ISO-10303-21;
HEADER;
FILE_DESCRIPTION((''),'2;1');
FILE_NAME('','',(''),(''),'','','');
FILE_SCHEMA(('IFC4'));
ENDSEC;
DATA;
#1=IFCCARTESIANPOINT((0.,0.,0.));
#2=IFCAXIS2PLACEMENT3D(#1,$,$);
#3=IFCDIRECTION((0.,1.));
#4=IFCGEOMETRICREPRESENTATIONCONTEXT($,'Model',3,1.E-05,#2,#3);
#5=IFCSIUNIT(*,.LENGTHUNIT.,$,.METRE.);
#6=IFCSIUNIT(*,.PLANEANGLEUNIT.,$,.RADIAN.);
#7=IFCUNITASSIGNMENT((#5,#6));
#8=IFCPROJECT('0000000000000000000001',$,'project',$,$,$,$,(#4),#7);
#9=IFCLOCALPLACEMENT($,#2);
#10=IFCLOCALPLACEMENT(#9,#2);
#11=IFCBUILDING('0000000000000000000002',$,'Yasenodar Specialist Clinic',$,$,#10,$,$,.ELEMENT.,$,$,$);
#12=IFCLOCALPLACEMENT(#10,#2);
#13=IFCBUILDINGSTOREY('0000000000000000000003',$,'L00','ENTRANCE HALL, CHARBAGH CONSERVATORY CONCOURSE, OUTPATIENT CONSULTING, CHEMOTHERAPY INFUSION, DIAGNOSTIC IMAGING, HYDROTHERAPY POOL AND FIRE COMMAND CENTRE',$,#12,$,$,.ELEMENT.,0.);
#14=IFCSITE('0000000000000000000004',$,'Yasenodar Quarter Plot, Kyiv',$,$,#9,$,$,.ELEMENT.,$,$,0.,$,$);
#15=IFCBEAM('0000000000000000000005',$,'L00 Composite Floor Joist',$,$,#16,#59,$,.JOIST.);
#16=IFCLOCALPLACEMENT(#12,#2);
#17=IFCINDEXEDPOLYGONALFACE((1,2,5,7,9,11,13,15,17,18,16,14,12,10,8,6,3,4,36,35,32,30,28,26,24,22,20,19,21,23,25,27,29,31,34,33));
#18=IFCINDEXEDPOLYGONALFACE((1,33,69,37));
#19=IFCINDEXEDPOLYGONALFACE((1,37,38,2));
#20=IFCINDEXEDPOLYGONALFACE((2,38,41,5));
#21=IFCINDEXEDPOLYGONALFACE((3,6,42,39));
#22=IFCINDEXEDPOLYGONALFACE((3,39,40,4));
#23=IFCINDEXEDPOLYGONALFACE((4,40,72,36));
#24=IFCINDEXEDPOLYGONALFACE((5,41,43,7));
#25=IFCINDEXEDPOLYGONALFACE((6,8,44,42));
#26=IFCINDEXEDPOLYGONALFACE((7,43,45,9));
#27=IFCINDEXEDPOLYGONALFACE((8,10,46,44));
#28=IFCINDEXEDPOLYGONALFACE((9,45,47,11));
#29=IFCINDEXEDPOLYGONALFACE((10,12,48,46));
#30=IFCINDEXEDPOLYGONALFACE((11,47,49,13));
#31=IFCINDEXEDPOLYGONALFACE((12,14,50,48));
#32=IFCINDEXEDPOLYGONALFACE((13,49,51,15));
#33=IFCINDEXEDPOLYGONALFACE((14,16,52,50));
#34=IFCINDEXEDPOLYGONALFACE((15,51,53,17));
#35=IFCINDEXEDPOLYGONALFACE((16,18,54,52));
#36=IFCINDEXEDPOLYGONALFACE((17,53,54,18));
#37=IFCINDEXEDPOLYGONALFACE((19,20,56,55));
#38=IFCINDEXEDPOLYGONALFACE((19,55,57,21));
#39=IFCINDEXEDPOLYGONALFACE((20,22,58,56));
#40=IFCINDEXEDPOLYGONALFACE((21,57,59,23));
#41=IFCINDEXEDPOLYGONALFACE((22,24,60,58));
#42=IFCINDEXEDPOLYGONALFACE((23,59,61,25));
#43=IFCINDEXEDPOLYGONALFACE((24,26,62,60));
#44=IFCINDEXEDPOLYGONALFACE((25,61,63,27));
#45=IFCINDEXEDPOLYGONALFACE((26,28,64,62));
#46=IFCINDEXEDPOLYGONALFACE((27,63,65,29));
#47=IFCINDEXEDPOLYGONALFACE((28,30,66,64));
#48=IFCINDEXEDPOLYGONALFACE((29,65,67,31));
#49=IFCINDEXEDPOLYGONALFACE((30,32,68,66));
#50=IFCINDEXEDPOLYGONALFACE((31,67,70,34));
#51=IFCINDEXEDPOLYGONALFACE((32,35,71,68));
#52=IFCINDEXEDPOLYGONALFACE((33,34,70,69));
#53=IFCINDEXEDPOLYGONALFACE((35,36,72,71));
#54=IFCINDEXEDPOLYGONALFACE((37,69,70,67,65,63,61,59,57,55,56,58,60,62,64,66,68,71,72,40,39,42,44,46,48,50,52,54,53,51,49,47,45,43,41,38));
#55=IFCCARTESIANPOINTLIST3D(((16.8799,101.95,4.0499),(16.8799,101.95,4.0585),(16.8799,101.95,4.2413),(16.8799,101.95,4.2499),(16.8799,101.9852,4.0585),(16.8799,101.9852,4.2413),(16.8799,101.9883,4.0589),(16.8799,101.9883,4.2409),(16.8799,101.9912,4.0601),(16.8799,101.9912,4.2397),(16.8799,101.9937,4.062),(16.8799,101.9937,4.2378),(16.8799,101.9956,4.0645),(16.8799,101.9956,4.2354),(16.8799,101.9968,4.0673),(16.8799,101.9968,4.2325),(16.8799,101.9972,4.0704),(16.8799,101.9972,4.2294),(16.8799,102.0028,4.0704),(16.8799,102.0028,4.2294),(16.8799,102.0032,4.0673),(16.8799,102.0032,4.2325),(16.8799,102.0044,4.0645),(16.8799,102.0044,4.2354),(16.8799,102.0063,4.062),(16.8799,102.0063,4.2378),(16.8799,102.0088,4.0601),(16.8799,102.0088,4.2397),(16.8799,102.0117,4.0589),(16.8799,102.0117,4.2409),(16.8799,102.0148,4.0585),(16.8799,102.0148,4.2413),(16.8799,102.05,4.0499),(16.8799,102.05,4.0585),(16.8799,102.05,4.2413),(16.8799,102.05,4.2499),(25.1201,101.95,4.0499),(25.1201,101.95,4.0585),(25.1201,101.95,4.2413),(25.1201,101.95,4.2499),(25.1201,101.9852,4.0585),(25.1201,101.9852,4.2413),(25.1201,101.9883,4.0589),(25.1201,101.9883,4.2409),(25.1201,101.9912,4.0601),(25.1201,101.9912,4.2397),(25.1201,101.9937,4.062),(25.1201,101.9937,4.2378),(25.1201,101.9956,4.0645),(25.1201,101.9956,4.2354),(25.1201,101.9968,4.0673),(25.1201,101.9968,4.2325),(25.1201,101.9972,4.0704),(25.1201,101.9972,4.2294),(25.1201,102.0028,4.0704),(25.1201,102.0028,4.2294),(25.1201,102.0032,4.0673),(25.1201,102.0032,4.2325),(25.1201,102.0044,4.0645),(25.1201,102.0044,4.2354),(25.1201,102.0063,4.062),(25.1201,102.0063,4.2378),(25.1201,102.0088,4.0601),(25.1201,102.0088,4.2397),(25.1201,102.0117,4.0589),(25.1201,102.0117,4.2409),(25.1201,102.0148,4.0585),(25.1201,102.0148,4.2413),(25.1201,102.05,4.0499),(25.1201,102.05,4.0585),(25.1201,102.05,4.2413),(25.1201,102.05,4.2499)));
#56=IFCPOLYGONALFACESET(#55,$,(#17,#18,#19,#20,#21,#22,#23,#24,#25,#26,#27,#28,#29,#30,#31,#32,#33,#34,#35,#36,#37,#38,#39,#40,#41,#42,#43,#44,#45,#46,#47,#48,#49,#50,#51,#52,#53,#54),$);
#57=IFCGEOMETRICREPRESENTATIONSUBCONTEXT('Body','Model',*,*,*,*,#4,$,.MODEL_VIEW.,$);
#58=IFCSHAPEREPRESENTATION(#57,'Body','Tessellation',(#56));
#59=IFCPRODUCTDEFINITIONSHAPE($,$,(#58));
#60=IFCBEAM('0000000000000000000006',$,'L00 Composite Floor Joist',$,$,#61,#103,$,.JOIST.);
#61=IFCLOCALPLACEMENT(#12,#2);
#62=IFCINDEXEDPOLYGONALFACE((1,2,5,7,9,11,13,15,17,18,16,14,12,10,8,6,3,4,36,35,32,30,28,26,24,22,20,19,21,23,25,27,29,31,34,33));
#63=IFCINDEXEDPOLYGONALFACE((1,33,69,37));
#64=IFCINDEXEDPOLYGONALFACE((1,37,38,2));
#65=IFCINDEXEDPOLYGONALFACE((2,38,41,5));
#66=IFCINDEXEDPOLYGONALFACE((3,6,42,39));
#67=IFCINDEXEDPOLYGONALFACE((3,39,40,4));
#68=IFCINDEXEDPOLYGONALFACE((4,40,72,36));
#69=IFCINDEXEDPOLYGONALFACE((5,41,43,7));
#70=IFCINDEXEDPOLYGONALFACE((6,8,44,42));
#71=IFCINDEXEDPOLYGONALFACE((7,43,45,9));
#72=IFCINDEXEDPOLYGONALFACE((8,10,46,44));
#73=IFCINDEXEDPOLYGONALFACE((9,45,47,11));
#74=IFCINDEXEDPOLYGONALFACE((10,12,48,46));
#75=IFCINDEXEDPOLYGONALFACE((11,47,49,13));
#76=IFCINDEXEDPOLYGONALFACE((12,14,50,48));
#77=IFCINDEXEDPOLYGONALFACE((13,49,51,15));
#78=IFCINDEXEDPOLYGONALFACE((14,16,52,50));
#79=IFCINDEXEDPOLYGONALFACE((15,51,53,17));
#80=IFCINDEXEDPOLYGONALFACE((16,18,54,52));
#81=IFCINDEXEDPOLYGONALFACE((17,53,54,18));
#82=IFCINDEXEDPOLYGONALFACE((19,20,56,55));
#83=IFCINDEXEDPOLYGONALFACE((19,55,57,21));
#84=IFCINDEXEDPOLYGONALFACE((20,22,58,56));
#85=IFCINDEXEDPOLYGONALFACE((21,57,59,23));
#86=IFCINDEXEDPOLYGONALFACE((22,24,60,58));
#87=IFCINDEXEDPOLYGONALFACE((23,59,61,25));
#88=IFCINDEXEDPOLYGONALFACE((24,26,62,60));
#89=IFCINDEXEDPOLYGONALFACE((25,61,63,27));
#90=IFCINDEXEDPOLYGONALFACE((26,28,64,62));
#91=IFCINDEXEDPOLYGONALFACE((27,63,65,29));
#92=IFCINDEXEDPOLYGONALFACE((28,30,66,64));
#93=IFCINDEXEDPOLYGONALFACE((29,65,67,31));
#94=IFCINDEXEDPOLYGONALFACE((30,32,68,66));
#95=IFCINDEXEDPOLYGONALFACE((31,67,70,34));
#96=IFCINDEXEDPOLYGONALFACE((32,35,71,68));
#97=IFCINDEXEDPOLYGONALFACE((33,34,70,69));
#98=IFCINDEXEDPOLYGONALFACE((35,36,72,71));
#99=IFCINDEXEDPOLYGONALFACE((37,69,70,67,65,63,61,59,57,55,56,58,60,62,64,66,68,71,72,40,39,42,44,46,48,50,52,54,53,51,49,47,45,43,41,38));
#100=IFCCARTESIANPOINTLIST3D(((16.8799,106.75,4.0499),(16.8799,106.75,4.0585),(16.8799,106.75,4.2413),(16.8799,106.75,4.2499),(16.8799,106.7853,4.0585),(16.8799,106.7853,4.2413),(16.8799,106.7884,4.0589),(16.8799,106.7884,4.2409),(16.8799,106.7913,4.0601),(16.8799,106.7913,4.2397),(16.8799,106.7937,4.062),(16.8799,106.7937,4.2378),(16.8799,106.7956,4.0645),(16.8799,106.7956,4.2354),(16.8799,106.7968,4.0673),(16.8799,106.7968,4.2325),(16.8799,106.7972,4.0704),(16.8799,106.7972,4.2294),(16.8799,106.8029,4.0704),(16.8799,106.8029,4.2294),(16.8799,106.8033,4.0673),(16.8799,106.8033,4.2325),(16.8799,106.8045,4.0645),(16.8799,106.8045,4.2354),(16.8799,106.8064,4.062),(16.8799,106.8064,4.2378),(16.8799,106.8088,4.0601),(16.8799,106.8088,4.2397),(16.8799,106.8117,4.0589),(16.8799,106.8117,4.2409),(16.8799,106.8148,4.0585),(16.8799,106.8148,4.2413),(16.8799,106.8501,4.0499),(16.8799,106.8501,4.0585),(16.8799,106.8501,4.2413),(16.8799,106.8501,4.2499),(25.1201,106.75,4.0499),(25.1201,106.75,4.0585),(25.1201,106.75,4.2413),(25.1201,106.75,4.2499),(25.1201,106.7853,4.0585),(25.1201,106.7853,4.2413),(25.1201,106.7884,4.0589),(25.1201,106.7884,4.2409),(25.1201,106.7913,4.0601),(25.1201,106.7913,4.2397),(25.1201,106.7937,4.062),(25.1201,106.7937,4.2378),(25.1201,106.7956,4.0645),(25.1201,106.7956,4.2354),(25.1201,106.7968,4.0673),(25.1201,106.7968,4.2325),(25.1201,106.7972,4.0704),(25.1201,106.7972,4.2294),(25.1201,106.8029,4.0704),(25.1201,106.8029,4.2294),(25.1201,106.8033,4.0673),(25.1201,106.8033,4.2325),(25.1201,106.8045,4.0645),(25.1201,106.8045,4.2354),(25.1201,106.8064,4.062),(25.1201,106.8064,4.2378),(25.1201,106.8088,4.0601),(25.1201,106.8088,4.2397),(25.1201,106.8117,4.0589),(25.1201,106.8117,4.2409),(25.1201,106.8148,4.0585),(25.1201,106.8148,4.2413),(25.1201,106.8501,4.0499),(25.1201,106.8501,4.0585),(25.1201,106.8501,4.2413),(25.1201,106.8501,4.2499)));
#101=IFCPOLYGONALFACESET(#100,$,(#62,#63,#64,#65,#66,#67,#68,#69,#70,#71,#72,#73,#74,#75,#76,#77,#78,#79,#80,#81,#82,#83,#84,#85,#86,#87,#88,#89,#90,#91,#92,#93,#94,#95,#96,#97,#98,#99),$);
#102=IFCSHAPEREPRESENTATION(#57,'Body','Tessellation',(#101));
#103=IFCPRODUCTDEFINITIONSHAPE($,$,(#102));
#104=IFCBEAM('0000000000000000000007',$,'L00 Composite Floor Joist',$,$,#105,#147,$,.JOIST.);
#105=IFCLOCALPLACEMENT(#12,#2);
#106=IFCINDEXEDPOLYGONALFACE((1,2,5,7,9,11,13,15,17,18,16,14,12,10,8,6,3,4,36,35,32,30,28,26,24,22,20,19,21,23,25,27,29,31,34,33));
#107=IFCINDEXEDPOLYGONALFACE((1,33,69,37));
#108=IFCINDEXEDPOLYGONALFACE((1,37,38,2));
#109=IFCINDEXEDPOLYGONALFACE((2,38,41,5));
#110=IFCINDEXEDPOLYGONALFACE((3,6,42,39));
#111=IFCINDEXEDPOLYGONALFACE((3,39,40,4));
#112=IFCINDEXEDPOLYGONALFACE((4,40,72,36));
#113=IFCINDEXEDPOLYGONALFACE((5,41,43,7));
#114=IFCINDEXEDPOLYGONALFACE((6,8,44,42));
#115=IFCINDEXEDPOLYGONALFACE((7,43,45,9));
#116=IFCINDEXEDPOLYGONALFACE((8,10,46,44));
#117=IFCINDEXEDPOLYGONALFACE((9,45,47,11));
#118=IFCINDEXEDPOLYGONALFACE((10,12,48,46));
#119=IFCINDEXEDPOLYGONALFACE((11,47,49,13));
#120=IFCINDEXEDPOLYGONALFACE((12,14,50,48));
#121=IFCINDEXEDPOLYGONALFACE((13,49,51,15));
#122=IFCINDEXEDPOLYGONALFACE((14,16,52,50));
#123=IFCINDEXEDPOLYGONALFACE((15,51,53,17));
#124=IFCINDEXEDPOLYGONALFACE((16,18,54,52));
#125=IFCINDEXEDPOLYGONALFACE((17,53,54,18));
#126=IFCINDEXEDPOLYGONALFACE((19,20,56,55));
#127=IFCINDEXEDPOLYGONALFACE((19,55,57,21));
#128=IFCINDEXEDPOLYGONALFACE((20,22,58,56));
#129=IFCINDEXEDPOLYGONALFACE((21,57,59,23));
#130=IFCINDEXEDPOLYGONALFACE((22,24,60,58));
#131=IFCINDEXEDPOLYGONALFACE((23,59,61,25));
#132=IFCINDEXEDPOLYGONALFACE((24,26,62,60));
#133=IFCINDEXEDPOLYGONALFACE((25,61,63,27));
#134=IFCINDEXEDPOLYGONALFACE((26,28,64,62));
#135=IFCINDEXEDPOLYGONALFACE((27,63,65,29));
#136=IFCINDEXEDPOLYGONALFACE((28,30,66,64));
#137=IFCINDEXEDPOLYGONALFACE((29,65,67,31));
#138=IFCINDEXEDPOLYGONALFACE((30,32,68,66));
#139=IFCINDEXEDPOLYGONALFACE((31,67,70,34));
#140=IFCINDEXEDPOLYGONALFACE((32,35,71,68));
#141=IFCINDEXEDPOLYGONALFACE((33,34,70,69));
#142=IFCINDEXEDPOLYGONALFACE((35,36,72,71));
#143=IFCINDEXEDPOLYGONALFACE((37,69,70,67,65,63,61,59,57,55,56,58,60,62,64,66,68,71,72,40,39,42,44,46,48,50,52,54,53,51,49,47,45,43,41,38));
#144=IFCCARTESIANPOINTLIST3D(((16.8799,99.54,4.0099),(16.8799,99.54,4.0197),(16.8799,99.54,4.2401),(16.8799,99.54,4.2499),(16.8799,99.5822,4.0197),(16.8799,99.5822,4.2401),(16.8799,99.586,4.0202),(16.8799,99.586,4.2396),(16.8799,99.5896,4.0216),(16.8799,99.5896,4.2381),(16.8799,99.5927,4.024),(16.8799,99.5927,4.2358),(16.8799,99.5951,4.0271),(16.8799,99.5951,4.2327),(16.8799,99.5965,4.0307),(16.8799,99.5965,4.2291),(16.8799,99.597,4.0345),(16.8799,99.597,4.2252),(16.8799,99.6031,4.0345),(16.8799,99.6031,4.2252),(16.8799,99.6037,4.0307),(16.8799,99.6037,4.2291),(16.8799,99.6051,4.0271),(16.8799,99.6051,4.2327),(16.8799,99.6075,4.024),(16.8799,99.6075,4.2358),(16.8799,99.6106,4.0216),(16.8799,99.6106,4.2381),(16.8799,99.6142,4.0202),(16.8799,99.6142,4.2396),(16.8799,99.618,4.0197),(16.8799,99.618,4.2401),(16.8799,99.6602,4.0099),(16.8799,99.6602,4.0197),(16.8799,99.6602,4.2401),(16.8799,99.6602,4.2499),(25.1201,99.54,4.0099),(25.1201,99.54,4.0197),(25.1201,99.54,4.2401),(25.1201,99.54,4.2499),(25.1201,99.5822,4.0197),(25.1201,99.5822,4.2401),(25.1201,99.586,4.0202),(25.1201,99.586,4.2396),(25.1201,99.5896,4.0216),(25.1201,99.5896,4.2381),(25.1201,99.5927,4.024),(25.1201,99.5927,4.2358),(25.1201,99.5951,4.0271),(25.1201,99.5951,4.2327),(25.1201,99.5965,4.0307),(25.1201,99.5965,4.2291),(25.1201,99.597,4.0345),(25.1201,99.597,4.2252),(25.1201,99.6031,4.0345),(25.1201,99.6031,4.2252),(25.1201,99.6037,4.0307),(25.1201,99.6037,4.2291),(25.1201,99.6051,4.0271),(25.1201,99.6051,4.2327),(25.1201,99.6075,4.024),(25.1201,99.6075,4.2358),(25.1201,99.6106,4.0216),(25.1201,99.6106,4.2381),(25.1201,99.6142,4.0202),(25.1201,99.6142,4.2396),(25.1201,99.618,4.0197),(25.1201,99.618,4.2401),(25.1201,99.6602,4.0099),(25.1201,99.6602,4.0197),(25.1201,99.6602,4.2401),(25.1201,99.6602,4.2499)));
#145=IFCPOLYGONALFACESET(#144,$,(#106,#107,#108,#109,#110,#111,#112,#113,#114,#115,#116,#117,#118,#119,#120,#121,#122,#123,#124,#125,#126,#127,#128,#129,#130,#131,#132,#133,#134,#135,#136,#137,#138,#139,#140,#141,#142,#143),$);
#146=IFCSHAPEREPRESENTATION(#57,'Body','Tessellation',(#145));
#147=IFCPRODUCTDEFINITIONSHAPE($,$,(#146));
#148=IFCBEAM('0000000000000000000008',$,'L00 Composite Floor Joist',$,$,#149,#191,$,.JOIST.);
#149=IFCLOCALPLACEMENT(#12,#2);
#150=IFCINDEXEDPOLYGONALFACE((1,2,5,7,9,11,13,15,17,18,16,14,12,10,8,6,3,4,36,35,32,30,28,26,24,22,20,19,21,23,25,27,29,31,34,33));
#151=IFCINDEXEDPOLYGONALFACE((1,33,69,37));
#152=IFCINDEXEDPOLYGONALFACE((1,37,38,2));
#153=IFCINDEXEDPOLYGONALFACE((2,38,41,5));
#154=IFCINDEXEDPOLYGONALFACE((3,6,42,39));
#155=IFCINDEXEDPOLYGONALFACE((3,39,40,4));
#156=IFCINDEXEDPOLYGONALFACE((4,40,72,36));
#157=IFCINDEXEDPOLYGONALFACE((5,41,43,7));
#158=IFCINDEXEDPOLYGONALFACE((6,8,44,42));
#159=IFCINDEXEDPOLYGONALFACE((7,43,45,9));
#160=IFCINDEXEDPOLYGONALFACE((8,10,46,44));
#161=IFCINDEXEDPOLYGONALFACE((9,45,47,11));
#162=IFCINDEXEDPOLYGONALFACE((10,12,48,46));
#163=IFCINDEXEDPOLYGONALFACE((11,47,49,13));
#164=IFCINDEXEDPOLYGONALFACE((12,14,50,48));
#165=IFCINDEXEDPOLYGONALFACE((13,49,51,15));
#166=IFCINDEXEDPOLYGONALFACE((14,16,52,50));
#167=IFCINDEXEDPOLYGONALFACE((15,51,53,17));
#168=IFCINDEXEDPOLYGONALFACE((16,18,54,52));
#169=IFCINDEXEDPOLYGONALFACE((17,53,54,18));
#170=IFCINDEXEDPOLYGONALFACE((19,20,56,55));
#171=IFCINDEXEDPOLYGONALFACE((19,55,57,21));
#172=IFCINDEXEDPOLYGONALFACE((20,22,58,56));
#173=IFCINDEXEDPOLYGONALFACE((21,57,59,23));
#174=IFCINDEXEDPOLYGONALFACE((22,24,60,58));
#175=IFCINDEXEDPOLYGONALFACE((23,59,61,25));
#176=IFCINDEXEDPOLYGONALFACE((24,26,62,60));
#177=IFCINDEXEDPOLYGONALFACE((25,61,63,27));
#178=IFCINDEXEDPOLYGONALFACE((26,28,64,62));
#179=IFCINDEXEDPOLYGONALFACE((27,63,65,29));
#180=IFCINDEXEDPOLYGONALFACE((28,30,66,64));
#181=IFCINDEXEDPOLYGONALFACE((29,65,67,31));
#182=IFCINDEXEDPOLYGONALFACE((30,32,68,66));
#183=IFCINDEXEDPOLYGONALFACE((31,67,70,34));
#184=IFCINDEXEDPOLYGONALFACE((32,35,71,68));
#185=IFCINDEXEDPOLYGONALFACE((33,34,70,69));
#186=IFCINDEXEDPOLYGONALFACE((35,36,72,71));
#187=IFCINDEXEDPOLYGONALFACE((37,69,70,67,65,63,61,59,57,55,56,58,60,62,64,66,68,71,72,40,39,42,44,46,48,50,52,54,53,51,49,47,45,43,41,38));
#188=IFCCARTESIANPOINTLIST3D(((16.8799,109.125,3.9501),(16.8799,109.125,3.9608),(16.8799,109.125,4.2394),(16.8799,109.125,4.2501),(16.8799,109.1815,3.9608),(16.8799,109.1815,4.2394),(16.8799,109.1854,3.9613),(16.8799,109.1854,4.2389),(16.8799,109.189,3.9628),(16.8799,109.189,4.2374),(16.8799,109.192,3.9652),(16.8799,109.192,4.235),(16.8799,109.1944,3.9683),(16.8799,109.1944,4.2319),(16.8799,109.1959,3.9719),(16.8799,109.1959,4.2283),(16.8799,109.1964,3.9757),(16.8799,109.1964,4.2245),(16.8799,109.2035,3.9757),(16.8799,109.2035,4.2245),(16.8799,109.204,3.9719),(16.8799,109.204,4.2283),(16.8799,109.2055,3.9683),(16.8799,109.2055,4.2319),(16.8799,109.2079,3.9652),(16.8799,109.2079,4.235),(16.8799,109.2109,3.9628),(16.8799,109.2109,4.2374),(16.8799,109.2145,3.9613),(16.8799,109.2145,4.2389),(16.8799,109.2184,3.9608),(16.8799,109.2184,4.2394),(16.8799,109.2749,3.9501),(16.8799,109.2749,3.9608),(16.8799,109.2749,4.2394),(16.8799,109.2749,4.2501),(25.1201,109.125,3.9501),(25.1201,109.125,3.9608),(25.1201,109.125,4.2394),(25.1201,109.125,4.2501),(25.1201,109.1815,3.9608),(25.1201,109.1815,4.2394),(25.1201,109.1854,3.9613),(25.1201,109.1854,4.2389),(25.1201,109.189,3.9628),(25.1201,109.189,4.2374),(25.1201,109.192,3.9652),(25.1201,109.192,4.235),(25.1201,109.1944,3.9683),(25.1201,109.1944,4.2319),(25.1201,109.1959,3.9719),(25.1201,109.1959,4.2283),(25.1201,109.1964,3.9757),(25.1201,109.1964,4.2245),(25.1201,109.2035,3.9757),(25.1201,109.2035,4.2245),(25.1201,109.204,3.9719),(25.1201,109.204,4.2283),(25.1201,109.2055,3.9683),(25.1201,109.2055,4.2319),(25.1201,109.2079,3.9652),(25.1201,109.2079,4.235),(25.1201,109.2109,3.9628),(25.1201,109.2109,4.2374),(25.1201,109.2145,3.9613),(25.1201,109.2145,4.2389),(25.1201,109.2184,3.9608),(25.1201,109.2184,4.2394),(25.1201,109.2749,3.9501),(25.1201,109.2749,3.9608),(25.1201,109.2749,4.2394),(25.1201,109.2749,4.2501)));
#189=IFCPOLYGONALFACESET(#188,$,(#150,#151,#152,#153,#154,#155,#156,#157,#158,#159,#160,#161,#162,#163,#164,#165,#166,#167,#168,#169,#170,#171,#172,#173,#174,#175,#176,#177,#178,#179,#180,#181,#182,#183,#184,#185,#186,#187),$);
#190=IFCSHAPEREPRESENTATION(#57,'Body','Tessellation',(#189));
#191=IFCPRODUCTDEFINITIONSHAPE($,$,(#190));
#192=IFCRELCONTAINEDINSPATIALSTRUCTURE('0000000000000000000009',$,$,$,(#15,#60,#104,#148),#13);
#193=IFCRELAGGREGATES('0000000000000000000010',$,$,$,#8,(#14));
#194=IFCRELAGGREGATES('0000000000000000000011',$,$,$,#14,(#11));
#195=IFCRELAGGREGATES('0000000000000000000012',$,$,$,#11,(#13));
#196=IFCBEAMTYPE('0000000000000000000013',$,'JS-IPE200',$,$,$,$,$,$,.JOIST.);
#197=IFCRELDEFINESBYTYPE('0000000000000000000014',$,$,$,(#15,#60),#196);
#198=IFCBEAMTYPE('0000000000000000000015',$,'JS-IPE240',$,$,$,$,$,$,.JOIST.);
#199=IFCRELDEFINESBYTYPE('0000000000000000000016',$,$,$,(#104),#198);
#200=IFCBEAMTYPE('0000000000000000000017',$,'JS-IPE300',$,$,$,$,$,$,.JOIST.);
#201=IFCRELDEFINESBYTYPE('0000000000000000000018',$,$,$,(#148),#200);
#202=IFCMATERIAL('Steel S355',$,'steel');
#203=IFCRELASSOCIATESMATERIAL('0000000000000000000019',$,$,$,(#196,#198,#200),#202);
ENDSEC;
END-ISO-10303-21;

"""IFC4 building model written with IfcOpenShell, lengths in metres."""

from ifc_helpers import new_model, si_unit, direction, frame, origin, origin_2d, place, context, subcontext, project, spatial, i_section, extrude, material, material_profile, profile_set, type_object, element, save


model = new_model("IFC4")

# Units and contexts
model_context = context("Model", 3, precision=1e-05, world=origin(), true_north=direction((0.0, 1.0)))
body_context = subcontext(model_context, "Body", "Model", "MODEL_VIEW")
ifc_project = project(units=[si_unit("LENGTHUNIT", "METRE"), si_unit("PLANEANGLEUNIT", "RADIAN")], contexts=[model_context])

# Site, building, storey
site_placement = place(None, origin())
site = spatial("IfcSite", under=ifc_project, at=site_placement, Name="Yasenodar Quarter Plot, Kyiv", CompositionType="ELEMENT", RefElevation=0.0)
building_placement = place(site_placement, origin())
building = spatial("IfcBuilding", under=site, at=building_placement, Name="Yasenodar Specialist Clinic", CompositionType="ELEMENT")
storey_placement = place(building_placement, origin())
storey = spatial("IfcBuildingStorey", under=building, at=storey_placement, Name="L00", Description="ENTRANCE HALL, CHARBAGH CONSERVATORY CONCOURSE, OUTPATIENT CONSULTING, CHEMOTHERAPY INFUSION, DIAGNOSTIC IMAGING, HYDROTHERAPY POOL AND FIRE COMMAND CENTRE", CompositionType="ELEMENT", Elevation=0.0)

# Shared definitions
ifc_material_1 = material(Name="Steel S355", Category="steel")

# Beams
ifc_material_profile_1 = material_profile(ifc_material_1, i_section(OverallWidth=0.1001, OverallDepth=0.2, WebThickness=0.0056, FlangeThickness=0.0085, FilletRadius=0.012, at=origin_2d()), Name="IPE 200")
ifc_profile_set_1 = profile_set([ifc_material_profile_1], Name="Steel S355")
beam_type_1 = type_object("IfcBeamType", Name="JS-IPE200", PredefinedType="JOIST", material=ifc_profile_set_1)
for number, where, z_axis, x_axis, name in (
    (1, (16.8799, 102.0, 4.1499), (1.0, 0.0, 0.0), (0.0, 1.0, 0.0), "L00 Composite Floor Joist"),
    (2, (16.8799, 106.8, 4.1499), (1.0, 0.0, 0.0), (0.0, 1.0, 0.0), "L00 Composite Floor Joist"),
):
    element("IfcBeam", number, at=place(storey_placement, frame(where, z_axis=z_axis, x_axis=x_axis)), inside=storey, type_object=beam_type_1, Name=name, PredefinedType="JOIST", context=body_context, shape_type="SweptSolid", body=[
        extrude(i_section(OverallWidth=0.1001, OverallDepth=0.2, WebThickness=0.0056, FlangeThickness=0.0085, FilletRadius=0.012, at=origin_2d()), origin(), (0.0, 0.0, 1.0), 8.2402),
    ])
ifc_material_profile_2 = material_profile(ifc_material_1, i_section(OverallWidth=0.1201, OverallDepth=0.24, WebThickness=0.0061, FlangeThickness=0.0098, FilletRadius=0.0149, at=origin_2d()), Name="IPE 240")
ifc_profile_set_2 = profile_set([ifc_material_profile_2], Name="Steel S355")
beam_type_2 = type_object("IfcBeamType", Name="JS-IPE240", PredefinedType="JOIST", material=ifc_profile_set_2)
beam_1_placement = place(storey_placement, frame((16.8799, 99.6001, 4.1299), z_axis=(1.0, 0.0, 0.0), x_axis=(0.0, 1.0, 0.0)))
element("IfcBeam", 3, at=beam_1_placement, inside=storey, type_object=beam_type_2, Name="L00 Composite Floor Joist", PredefinedType="JOIST", context=body_context, shape_type="SweptSolid", body=[
    extrude(i_section(OverallWidth=0.1201, OverallDepth=0.24, WebThickness=0.0061, FlangeThickness=0.0098, FilletRadius=0.0149, at=origin_2d()), origin(), (0.0, 0.0, 1.0), 8.2402),
])
ifc_material_profile_3 = material_profile(ifc_material_1, i_section(OverallWidth=0.1499, OverallDepth=0.3, WebThickness=0.0071, FlangeThickness=0.0107, FilletRadius=0.0149, at=origin_2d()), Name="IPE 300")
ifc_profile_set_3 = profile_set([ifc_material_profile_3], Name="Steel S355")
beam_type_3 = type_object("IfcBeamType", Name="JS-IPE300", PredefinedType="JOIST", material=ifc_profile_set_3)
beam_2_placement = place(storey_placement, frame((16.8799, 109.2, 4.1001), z_axis=(1.0, 0.0, 0.0), x_axis=(0.0, 1.0, 0.0)))
element("IfcBeam", 4, at=beam_2_placement, inside=storey, type_object=beam_type_3, Name="L00 Composite Floor Joist", PredefinedType="JOIST", context=body_context, shape_type="SweptSolid", body=[
    extrude(i_section(OverallWidth=0.1499, OverallDepth=0.3, WebThickness=0.0071, FlangeThickness=0.0107, FilletRadius=0.0149, at=origin_2d()), origin(), (0.0, 0.0, 1.0), 8.2402),
])

save(model, "model.ifc")
